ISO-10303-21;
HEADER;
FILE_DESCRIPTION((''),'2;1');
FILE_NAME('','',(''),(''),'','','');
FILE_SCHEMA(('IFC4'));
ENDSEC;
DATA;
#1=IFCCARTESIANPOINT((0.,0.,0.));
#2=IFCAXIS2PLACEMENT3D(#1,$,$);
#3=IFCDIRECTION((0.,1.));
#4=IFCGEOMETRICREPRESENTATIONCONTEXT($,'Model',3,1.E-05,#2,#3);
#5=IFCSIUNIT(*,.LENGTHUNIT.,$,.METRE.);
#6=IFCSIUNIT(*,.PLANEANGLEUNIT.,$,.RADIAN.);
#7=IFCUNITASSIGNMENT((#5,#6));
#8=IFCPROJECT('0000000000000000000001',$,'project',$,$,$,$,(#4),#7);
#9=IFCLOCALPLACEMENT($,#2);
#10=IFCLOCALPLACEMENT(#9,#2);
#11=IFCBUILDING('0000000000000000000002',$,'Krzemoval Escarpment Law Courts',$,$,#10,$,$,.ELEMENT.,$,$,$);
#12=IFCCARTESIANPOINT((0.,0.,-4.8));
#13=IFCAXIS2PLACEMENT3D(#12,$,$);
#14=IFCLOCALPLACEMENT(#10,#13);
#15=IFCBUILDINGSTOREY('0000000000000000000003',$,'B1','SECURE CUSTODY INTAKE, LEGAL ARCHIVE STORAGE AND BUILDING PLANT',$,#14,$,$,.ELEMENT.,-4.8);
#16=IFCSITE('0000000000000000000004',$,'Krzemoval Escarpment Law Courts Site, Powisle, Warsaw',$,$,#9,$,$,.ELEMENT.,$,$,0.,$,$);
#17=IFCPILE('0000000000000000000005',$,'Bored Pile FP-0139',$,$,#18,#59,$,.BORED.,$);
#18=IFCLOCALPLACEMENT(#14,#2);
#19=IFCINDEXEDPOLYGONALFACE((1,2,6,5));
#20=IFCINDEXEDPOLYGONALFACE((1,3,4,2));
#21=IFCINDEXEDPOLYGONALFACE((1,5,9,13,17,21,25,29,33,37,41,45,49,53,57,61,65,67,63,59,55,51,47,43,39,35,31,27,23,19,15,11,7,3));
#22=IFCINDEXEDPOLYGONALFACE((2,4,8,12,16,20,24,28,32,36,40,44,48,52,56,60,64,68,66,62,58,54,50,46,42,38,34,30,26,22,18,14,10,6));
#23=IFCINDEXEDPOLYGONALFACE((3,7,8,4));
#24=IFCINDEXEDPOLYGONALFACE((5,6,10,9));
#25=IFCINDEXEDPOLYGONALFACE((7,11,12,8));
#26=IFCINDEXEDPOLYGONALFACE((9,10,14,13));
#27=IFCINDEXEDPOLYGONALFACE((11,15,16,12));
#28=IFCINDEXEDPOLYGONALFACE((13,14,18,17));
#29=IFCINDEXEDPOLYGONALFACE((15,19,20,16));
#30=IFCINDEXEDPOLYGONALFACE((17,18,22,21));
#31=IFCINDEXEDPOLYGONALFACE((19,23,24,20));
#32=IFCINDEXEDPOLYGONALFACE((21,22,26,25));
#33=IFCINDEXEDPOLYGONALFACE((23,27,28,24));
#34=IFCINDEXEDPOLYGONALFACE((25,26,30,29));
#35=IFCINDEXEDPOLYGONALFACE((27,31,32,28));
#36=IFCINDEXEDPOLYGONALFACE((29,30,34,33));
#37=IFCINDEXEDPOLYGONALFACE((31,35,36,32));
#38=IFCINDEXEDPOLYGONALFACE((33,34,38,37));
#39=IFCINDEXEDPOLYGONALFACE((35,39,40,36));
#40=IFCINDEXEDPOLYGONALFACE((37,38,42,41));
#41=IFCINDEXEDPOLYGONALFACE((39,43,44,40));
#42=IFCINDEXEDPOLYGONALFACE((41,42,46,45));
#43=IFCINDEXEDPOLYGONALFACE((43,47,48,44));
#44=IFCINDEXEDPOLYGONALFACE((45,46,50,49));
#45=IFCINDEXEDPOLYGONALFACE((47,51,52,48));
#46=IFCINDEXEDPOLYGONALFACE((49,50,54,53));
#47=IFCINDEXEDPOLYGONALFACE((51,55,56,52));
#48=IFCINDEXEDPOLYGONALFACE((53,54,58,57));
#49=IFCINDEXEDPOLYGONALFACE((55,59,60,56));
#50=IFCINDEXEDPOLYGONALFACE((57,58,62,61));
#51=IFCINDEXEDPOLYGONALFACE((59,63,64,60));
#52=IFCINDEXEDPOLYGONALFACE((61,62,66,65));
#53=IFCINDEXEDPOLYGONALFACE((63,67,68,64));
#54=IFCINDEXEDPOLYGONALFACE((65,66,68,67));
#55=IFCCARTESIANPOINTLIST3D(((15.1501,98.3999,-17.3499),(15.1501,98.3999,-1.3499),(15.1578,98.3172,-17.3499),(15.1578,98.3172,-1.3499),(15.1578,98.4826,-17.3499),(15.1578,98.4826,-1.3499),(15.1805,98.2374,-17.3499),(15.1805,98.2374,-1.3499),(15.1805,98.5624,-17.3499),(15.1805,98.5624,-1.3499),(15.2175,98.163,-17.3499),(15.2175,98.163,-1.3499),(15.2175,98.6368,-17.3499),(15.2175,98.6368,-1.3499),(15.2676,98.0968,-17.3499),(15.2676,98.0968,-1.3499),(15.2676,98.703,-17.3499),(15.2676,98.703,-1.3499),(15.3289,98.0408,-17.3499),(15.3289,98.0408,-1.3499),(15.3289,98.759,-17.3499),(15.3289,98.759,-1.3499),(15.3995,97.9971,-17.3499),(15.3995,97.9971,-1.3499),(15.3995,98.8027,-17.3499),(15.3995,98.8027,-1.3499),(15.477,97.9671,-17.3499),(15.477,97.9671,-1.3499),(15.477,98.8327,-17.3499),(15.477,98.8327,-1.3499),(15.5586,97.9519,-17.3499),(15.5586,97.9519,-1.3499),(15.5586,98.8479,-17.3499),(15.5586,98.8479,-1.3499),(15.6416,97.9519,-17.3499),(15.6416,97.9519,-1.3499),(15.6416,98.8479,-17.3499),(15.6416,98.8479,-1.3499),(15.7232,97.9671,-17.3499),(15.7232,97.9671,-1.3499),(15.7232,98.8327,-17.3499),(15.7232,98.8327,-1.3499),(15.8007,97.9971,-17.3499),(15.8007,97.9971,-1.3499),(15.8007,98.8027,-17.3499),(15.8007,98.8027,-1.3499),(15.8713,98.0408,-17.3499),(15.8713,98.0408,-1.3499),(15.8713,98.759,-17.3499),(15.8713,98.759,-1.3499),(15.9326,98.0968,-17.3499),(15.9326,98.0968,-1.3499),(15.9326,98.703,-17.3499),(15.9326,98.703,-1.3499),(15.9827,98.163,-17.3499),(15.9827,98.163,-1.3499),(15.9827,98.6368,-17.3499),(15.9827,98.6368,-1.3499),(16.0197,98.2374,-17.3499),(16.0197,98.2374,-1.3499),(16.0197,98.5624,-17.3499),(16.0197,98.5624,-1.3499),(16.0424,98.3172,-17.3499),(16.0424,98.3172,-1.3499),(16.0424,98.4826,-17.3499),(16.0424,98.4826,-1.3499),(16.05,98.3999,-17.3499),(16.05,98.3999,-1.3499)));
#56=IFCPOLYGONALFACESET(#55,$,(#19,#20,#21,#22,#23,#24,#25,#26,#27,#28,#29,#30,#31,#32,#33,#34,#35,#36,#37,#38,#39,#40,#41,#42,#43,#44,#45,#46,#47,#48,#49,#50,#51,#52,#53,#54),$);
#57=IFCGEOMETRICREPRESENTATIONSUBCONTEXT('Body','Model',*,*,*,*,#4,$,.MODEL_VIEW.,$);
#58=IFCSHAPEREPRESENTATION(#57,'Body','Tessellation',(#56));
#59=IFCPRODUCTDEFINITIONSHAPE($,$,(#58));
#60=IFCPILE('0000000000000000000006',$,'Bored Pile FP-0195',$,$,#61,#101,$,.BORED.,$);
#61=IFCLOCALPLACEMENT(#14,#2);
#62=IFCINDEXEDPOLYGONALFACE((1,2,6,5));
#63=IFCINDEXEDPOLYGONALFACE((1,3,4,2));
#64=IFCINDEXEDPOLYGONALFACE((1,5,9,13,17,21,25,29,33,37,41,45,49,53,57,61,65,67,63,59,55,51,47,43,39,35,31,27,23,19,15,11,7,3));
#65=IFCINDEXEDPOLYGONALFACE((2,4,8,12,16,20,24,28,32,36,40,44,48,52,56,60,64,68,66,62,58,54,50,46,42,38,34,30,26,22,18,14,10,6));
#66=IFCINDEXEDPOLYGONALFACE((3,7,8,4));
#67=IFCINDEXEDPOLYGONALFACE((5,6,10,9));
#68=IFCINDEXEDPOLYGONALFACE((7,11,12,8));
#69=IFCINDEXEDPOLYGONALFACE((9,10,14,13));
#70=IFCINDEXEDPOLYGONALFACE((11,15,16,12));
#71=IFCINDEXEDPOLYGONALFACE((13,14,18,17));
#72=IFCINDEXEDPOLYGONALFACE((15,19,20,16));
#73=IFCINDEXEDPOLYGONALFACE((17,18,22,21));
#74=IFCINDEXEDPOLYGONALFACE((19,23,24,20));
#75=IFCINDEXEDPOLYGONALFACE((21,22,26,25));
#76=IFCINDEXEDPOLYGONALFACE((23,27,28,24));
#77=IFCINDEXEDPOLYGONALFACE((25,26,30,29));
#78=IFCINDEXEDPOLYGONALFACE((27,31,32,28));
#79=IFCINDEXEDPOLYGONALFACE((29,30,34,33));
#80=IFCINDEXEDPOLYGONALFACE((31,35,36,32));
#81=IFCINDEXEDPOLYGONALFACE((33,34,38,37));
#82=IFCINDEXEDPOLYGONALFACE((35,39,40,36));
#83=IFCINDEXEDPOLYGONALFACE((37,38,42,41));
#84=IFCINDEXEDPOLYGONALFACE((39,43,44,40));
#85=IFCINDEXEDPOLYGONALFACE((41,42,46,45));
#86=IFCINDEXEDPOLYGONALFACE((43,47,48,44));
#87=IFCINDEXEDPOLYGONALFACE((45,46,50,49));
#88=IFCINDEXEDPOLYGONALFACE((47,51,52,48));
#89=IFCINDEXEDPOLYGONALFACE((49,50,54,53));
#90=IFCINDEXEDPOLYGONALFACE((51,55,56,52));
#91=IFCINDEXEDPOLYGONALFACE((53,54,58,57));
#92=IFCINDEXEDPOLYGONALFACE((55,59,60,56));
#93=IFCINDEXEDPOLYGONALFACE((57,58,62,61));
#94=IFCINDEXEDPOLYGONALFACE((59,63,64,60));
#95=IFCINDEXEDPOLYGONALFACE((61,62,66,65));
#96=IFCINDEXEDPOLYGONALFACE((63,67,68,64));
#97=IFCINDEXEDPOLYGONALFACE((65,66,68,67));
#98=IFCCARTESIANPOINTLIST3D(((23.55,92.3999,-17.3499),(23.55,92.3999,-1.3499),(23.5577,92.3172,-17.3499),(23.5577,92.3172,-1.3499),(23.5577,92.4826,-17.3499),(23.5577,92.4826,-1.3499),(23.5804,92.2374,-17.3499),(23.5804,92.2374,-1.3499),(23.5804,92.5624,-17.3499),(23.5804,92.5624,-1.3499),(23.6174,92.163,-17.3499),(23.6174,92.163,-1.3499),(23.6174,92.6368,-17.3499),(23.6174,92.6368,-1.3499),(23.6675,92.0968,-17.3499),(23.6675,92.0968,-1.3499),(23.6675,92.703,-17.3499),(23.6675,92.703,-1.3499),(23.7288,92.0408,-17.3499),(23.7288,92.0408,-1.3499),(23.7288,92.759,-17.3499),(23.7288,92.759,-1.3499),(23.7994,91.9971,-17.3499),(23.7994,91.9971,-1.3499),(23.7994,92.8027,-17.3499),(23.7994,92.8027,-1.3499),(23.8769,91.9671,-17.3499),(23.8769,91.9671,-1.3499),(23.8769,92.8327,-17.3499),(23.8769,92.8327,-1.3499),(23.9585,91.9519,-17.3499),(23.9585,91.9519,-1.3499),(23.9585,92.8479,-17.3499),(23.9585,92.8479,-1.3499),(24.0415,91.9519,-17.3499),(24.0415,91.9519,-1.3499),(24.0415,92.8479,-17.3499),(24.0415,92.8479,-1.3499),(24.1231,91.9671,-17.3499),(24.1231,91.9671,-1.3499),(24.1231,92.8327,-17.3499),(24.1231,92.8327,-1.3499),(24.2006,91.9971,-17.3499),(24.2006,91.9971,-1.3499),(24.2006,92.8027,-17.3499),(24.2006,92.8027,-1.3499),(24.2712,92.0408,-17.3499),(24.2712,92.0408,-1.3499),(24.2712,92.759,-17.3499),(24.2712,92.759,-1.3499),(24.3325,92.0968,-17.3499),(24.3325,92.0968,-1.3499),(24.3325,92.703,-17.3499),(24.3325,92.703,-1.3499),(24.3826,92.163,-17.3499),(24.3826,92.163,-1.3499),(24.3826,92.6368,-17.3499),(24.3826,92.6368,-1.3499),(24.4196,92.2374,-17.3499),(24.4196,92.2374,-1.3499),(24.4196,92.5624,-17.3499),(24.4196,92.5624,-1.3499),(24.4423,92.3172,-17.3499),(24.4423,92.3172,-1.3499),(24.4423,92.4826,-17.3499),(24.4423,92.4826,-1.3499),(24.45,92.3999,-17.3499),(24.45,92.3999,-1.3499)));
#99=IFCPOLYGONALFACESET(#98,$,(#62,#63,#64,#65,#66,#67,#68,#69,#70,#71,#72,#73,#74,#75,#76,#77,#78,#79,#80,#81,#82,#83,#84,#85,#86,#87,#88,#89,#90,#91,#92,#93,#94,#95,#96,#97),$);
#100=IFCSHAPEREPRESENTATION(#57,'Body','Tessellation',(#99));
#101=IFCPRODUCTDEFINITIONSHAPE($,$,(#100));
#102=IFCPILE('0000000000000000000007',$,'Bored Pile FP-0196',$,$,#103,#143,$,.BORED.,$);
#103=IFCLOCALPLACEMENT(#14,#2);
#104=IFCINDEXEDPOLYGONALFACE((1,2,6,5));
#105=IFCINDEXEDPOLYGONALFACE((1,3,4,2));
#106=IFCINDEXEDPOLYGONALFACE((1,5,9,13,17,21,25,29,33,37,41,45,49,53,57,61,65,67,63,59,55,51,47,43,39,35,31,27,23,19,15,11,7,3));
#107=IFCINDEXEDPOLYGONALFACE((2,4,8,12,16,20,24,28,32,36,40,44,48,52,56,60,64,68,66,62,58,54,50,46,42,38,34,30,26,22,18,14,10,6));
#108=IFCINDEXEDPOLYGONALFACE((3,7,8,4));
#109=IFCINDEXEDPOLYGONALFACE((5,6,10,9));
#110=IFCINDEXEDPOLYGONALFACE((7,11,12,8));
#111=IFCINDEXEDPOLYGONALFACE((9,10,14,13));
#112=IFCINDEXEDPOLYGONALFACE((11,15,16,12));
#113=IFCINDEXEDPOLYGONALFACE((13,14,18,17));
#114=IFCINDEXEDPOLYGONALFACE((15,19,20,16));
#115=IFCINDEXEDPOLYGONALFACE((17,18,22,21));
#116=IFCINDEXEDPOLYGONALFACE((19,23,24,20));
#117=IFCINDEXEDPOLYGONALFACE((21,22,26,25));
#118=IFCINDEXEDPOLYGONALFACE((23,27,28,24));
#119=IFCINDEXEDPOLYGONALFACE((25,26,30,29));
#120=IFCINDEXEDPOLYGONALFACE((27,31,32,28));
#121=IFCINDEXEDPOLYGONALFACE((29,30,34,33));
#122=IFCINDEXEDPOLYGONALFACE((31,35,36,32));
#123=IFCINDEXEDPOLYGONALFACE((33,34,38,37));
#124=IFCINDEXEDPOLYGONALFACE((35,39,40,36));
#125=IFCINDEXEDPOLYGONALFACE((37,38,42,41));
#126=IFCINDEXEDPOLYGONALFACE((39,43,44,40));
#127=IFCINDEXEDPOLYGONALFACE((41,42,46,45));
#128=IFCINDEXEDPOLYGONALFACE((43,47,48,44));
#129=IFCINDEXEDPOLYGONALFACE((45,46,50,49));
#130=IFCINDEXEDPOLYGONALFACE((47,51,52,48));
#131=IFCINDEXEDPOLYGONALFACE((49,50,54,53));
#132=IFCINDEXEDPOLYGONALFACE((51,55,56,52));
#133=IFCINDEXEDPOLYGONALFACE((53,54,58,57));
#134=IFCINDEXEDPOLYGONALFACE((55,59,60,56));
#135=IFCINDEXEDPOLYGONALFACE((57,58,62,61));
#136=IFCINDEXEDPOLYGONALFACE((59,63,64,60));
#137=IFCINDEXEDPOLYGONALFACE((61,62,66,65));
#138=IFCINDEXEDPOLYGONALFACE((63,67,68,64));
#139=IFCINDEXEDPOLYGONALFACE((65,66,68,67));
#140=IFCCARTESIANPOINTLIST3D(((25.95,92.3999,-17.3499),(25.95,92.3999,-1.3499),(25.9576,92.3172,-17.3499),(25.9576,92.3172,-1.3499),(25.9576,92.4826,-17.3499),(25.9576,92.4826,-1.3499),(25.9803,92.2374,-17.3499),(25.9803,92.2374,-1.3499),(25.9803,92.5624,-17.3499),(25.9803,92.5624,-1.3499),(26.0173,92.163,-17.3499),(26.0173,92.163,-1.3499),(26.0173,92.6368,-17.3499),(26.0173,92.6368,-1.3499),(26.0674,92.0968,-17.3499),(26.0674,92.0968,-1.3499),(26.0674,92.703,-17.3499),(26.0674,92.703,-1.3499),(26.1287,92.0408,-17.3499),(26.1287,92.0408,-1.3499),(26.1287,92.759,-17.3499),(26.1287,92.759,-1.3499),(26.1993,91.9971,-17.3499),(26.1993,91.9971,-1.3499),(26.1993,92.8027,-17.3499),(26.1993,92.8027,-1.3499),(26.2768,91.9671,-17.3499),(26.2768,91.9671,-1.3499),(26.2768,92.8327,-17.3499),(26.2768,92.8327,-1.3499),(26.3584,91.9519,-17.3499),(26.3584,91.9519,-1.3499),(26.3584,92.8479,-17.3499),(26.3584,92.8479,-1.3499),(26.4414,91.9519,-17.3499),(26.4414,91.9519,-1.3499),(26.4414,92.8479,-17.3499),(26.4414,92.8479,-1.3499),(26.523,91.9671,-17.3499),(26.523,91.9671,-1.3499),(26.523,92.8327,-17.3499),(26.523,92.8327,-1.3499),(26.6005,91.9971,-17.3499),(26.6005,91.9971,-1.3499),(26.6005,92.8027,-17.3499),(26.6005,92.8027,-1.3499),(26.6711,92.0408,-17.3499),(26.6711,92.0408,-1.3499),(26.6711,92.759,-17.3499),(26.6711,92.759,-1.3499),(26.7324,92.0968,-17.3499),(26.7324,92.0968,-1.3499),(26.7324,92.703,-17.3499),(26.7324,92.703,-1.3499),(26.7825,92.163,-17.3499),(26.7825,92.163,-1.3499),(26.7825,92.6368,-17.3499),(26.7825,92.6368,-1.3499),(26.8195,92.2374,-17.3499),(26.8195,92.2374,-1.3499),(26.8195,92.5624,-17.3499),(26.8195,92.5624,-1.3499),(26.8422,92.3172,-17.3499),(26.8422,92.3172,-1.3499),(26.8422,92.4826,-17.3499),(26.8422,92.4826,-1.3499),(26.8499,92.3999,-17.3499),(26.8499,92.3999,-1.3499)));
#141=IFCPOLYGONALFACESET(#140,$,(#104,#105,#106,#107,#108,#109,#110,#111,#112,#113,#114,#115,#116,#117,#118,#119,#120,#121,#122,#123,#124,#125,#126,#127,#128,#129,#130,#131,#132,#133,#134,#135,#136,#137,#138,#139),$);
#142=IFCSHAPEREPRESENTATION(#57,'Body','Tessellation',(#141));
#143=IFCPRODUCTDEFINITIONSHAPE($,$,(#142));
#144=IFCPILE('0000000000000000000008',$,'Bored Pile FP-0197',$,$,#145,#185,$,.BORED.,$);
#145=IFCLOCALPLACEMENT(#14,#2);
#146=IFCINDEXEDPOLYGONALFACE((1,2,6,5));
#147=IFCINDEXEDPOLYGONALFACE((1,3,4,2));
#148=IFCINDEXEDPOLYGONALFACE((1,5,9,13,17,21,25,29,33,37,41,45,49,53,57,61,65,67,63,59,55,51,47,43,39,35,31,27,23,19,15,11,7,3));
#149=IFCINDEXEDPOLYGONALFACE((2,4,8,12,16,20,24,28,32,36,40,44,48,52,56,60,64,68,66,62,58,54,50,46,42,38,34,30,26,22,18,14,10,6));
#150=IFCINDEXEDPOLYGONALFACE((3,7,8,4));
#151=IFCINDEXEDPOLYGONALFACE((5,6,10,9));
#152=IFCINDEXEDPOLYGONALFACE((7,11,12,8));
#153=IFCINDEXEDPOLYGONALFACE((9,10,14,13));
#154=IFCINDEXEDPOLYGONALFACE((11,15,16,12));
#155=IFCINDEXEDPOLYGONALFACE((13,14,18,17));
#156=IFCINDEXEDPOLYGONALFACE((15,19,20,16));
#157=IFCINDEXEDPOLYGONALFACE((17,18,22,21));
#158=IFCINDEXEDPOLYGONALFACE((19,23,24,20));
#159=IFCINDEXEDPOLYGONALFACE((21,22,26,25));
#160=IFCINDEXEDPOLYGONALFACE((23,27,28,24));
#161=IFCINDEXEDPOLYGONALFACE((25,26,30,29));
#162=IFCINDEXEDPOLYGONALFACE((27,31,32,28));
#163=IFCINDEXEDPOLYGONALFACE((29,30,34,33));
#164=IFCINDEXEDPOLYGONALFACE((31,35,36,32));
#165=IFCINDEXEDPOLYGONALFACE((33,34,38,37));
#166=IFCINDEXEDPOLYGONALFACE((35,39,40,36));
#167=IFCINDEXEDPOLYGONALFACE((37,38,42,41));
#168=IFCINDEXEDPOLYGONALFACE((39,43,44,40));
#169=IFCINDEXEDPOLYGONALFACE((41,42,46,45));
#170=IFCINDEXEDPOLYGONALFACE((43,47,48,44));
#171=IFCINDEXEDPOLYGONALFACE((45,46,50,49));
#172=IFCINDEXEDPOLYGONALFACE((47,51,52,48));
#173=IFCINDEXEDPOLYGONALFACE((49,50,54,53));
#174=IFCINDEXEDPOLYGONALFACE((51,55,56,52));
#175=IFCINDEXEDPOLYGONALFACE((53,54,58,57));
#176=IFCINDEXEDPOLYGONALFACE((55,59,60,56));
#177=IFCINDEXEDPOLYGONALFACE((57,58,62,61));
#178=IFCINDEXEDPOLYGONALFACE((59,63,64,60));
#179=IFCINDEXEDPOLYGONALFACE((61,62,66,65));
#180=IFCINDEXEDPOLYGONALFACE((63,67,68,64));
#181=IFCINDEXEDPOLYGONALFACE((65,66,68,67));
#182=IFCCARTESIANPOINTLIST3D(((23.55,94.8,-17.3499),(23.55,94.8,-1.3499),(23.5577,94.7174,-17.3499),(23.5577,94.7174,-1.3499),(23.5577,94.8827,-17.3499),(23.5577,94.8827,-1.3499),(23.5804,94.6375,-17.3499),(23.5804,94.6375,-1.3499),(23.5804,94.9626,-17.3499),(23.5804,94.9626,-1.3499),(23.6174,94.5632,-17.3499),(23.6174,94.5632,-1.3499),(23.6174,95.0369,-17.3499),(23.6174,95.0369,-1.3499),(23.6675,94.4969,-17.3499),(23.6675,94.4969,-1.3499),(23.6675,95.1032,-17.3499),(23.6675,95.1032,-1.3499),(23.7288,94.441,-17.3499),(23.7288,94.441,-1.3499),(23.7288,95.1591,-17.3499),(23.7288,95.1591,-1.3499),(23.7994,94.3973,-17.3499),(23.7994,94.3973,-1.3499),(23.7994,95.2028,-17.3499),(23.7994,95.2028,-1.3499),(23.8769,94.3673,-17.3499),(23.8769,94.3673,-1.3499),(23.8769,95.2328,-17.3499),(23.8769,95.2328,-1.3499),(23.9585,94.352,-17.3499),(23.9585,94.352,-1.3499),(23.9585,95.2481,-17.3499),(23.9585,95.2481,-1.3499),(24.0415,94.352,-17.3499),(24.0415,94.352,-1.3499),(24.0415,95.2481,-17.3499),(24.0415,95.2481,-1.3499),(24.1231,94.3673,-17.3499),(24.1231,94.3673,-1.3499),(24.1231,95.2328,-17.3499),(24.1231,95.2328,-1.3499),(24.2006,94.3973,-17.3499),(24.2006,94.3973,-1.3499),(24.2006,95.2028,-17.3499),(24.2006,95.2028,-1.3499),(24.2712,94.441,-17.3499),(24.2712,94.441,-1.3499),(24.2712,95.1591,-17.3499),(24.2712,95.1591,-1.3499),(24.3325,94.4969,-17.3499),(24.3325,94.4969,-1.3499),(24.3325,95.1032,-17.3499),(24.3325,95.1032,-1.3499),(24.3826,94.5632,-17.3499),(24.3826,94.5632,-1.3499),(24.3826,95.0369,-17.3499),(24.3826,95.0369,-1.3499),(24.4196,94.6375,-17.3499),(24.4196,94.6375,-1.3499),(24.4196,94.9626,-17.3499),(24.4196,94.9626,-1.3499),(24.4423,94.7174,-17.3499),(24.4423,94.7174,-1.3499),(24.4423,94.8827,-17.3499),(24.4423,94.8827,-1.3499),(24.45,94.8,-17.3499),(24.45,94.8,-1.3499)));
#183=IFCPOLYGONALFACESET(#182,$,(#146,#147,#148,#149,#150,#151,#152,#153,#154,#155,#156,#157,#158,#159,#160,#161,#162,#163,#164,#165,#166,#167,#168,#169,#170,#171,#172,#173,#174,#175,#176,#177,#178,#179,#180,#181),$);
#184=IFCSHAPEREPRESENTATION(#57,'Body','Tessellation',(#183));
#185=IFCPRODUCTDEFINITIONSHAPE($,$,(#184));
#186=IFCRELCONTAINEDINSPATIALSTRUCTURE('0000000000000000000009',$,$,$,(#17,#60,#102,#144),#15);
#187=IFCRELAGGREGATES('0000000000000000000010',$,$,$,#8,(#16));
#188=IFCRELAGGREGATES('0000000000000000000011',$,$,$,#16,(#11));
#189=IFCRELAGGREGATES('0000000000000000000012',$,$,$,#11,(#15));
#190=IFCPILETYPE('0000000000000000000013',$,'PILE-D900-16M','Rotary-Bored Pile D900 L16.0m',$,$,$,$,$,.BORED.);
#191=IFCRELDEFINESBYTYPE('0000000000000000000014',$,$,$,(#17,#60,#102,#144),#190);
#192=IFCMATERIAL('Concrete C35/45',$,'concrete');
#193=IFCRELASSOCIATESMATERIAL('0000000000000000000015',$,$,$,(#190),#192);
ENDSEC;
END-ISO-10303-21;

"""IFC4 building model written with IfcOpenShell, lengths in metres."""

from ifc_helpers import new_model, si_unit, direction, frame, origin, origin_2d, place, context, subcontext, project, spatial, circle, extrude, material, material_profile, profile_set, type_object, element, save


model = new_model("IFC4")

# Units and contexts
model_context = context("Model", 3, precision=1e-05, world=origin(), true_north=direction((0.0, 1.0)))
body_context = subcontext(model_context, "Body", "Model", "MODEL_VIEW")
ifc_project = project(units=[si_unit("LENGTHUNIT", "METRE"), si_unit("PLANEANGLEUNIT", "RADIAN")], contexts=[model_context])

# Site, building, storey
site_placement = place(None, origin())
site = spatial("IfcSite", under=ifc_project, at=site_placement, Name="Krzemoval Escarpment Law Courts Site, Powisle, Warsaw", CompositionType="ELEMENT", RefElevation=0.0)
building_placement = place(site_placement, origin())
building = spatial("IfcBuilding", under=site, at=building_placement, Name="Krzemoval Escarpment Law Courts", CompositionType="ELEMENT")
storey_placement = place(building_placement, frame((0.0, 0.0, -4.8)))
storey = spatial("IfcBuildingStorey", under=building, at=storey_placement, Name="B1", Description="SECURE CUSTODY INTAKE, LEGAL ARCHIVE STORAGE AND BUILDING PLANT", CompositionType="ELEMENT", Elevation=-4.8)

# Piles
ifc_material_1 = material(Name="Concrete C35/45", Category="concrete")
ifc_material_profile_1 = material_profile(ifc_material_1, circle(Radius=0.45, at=origin_2d()), Name="PILE D900")
ifc_profile_set_1 = profile_set([ifc_material_profile_1], Name="Concrete C35/45")
pile_type = type_object("IfcPileType", Name="PILE-D900-16M", Description="Rotary-Bored Pile D900 L16.0m", PredefinedType="BORED", material=ifc_profile_set_1)
for number, where, z_axis, x_axis, name in (
    (1, (15.6001, 98.3999, -1.3499), (0.0, 0.0, -1.0), (1.0, 0.0, 0.0), "Bored Pile FP-0139"),
    (2, (24.0, 92.3999, -1.3499), (0.0, 0.0, -1.0), (1.0, 0.0, 0.0), "Bored Pile FP-0195"),
    (3, (26.3999, 92.3999, -1.3499), (0.0, 0.0, -1.0), (1.0, 0.0, 0.0), "Bored Pile FP-0196"),
    (4, (24.0, 94.8, -1.3499), (0.0, 0.0, -1.0), (1.0, 0.0, 0.0), "Bored Pile FP-0197"),
):
    element("IfcPile", number, at=place(storey_placement, frame(where, z_axis=z_axis, x_axis=x_axis)), inside=storey, type_object=pile_type, Name=name, PredefinedType="BORED", context=body_context, shape_type="SweptSolid", body=[
        extrude(circle(Radius=0.45, at=origin_2d()), origin(), (0.0, 0.0, 1.0), 16.0),
    ])

save(model, "model.ifc")
